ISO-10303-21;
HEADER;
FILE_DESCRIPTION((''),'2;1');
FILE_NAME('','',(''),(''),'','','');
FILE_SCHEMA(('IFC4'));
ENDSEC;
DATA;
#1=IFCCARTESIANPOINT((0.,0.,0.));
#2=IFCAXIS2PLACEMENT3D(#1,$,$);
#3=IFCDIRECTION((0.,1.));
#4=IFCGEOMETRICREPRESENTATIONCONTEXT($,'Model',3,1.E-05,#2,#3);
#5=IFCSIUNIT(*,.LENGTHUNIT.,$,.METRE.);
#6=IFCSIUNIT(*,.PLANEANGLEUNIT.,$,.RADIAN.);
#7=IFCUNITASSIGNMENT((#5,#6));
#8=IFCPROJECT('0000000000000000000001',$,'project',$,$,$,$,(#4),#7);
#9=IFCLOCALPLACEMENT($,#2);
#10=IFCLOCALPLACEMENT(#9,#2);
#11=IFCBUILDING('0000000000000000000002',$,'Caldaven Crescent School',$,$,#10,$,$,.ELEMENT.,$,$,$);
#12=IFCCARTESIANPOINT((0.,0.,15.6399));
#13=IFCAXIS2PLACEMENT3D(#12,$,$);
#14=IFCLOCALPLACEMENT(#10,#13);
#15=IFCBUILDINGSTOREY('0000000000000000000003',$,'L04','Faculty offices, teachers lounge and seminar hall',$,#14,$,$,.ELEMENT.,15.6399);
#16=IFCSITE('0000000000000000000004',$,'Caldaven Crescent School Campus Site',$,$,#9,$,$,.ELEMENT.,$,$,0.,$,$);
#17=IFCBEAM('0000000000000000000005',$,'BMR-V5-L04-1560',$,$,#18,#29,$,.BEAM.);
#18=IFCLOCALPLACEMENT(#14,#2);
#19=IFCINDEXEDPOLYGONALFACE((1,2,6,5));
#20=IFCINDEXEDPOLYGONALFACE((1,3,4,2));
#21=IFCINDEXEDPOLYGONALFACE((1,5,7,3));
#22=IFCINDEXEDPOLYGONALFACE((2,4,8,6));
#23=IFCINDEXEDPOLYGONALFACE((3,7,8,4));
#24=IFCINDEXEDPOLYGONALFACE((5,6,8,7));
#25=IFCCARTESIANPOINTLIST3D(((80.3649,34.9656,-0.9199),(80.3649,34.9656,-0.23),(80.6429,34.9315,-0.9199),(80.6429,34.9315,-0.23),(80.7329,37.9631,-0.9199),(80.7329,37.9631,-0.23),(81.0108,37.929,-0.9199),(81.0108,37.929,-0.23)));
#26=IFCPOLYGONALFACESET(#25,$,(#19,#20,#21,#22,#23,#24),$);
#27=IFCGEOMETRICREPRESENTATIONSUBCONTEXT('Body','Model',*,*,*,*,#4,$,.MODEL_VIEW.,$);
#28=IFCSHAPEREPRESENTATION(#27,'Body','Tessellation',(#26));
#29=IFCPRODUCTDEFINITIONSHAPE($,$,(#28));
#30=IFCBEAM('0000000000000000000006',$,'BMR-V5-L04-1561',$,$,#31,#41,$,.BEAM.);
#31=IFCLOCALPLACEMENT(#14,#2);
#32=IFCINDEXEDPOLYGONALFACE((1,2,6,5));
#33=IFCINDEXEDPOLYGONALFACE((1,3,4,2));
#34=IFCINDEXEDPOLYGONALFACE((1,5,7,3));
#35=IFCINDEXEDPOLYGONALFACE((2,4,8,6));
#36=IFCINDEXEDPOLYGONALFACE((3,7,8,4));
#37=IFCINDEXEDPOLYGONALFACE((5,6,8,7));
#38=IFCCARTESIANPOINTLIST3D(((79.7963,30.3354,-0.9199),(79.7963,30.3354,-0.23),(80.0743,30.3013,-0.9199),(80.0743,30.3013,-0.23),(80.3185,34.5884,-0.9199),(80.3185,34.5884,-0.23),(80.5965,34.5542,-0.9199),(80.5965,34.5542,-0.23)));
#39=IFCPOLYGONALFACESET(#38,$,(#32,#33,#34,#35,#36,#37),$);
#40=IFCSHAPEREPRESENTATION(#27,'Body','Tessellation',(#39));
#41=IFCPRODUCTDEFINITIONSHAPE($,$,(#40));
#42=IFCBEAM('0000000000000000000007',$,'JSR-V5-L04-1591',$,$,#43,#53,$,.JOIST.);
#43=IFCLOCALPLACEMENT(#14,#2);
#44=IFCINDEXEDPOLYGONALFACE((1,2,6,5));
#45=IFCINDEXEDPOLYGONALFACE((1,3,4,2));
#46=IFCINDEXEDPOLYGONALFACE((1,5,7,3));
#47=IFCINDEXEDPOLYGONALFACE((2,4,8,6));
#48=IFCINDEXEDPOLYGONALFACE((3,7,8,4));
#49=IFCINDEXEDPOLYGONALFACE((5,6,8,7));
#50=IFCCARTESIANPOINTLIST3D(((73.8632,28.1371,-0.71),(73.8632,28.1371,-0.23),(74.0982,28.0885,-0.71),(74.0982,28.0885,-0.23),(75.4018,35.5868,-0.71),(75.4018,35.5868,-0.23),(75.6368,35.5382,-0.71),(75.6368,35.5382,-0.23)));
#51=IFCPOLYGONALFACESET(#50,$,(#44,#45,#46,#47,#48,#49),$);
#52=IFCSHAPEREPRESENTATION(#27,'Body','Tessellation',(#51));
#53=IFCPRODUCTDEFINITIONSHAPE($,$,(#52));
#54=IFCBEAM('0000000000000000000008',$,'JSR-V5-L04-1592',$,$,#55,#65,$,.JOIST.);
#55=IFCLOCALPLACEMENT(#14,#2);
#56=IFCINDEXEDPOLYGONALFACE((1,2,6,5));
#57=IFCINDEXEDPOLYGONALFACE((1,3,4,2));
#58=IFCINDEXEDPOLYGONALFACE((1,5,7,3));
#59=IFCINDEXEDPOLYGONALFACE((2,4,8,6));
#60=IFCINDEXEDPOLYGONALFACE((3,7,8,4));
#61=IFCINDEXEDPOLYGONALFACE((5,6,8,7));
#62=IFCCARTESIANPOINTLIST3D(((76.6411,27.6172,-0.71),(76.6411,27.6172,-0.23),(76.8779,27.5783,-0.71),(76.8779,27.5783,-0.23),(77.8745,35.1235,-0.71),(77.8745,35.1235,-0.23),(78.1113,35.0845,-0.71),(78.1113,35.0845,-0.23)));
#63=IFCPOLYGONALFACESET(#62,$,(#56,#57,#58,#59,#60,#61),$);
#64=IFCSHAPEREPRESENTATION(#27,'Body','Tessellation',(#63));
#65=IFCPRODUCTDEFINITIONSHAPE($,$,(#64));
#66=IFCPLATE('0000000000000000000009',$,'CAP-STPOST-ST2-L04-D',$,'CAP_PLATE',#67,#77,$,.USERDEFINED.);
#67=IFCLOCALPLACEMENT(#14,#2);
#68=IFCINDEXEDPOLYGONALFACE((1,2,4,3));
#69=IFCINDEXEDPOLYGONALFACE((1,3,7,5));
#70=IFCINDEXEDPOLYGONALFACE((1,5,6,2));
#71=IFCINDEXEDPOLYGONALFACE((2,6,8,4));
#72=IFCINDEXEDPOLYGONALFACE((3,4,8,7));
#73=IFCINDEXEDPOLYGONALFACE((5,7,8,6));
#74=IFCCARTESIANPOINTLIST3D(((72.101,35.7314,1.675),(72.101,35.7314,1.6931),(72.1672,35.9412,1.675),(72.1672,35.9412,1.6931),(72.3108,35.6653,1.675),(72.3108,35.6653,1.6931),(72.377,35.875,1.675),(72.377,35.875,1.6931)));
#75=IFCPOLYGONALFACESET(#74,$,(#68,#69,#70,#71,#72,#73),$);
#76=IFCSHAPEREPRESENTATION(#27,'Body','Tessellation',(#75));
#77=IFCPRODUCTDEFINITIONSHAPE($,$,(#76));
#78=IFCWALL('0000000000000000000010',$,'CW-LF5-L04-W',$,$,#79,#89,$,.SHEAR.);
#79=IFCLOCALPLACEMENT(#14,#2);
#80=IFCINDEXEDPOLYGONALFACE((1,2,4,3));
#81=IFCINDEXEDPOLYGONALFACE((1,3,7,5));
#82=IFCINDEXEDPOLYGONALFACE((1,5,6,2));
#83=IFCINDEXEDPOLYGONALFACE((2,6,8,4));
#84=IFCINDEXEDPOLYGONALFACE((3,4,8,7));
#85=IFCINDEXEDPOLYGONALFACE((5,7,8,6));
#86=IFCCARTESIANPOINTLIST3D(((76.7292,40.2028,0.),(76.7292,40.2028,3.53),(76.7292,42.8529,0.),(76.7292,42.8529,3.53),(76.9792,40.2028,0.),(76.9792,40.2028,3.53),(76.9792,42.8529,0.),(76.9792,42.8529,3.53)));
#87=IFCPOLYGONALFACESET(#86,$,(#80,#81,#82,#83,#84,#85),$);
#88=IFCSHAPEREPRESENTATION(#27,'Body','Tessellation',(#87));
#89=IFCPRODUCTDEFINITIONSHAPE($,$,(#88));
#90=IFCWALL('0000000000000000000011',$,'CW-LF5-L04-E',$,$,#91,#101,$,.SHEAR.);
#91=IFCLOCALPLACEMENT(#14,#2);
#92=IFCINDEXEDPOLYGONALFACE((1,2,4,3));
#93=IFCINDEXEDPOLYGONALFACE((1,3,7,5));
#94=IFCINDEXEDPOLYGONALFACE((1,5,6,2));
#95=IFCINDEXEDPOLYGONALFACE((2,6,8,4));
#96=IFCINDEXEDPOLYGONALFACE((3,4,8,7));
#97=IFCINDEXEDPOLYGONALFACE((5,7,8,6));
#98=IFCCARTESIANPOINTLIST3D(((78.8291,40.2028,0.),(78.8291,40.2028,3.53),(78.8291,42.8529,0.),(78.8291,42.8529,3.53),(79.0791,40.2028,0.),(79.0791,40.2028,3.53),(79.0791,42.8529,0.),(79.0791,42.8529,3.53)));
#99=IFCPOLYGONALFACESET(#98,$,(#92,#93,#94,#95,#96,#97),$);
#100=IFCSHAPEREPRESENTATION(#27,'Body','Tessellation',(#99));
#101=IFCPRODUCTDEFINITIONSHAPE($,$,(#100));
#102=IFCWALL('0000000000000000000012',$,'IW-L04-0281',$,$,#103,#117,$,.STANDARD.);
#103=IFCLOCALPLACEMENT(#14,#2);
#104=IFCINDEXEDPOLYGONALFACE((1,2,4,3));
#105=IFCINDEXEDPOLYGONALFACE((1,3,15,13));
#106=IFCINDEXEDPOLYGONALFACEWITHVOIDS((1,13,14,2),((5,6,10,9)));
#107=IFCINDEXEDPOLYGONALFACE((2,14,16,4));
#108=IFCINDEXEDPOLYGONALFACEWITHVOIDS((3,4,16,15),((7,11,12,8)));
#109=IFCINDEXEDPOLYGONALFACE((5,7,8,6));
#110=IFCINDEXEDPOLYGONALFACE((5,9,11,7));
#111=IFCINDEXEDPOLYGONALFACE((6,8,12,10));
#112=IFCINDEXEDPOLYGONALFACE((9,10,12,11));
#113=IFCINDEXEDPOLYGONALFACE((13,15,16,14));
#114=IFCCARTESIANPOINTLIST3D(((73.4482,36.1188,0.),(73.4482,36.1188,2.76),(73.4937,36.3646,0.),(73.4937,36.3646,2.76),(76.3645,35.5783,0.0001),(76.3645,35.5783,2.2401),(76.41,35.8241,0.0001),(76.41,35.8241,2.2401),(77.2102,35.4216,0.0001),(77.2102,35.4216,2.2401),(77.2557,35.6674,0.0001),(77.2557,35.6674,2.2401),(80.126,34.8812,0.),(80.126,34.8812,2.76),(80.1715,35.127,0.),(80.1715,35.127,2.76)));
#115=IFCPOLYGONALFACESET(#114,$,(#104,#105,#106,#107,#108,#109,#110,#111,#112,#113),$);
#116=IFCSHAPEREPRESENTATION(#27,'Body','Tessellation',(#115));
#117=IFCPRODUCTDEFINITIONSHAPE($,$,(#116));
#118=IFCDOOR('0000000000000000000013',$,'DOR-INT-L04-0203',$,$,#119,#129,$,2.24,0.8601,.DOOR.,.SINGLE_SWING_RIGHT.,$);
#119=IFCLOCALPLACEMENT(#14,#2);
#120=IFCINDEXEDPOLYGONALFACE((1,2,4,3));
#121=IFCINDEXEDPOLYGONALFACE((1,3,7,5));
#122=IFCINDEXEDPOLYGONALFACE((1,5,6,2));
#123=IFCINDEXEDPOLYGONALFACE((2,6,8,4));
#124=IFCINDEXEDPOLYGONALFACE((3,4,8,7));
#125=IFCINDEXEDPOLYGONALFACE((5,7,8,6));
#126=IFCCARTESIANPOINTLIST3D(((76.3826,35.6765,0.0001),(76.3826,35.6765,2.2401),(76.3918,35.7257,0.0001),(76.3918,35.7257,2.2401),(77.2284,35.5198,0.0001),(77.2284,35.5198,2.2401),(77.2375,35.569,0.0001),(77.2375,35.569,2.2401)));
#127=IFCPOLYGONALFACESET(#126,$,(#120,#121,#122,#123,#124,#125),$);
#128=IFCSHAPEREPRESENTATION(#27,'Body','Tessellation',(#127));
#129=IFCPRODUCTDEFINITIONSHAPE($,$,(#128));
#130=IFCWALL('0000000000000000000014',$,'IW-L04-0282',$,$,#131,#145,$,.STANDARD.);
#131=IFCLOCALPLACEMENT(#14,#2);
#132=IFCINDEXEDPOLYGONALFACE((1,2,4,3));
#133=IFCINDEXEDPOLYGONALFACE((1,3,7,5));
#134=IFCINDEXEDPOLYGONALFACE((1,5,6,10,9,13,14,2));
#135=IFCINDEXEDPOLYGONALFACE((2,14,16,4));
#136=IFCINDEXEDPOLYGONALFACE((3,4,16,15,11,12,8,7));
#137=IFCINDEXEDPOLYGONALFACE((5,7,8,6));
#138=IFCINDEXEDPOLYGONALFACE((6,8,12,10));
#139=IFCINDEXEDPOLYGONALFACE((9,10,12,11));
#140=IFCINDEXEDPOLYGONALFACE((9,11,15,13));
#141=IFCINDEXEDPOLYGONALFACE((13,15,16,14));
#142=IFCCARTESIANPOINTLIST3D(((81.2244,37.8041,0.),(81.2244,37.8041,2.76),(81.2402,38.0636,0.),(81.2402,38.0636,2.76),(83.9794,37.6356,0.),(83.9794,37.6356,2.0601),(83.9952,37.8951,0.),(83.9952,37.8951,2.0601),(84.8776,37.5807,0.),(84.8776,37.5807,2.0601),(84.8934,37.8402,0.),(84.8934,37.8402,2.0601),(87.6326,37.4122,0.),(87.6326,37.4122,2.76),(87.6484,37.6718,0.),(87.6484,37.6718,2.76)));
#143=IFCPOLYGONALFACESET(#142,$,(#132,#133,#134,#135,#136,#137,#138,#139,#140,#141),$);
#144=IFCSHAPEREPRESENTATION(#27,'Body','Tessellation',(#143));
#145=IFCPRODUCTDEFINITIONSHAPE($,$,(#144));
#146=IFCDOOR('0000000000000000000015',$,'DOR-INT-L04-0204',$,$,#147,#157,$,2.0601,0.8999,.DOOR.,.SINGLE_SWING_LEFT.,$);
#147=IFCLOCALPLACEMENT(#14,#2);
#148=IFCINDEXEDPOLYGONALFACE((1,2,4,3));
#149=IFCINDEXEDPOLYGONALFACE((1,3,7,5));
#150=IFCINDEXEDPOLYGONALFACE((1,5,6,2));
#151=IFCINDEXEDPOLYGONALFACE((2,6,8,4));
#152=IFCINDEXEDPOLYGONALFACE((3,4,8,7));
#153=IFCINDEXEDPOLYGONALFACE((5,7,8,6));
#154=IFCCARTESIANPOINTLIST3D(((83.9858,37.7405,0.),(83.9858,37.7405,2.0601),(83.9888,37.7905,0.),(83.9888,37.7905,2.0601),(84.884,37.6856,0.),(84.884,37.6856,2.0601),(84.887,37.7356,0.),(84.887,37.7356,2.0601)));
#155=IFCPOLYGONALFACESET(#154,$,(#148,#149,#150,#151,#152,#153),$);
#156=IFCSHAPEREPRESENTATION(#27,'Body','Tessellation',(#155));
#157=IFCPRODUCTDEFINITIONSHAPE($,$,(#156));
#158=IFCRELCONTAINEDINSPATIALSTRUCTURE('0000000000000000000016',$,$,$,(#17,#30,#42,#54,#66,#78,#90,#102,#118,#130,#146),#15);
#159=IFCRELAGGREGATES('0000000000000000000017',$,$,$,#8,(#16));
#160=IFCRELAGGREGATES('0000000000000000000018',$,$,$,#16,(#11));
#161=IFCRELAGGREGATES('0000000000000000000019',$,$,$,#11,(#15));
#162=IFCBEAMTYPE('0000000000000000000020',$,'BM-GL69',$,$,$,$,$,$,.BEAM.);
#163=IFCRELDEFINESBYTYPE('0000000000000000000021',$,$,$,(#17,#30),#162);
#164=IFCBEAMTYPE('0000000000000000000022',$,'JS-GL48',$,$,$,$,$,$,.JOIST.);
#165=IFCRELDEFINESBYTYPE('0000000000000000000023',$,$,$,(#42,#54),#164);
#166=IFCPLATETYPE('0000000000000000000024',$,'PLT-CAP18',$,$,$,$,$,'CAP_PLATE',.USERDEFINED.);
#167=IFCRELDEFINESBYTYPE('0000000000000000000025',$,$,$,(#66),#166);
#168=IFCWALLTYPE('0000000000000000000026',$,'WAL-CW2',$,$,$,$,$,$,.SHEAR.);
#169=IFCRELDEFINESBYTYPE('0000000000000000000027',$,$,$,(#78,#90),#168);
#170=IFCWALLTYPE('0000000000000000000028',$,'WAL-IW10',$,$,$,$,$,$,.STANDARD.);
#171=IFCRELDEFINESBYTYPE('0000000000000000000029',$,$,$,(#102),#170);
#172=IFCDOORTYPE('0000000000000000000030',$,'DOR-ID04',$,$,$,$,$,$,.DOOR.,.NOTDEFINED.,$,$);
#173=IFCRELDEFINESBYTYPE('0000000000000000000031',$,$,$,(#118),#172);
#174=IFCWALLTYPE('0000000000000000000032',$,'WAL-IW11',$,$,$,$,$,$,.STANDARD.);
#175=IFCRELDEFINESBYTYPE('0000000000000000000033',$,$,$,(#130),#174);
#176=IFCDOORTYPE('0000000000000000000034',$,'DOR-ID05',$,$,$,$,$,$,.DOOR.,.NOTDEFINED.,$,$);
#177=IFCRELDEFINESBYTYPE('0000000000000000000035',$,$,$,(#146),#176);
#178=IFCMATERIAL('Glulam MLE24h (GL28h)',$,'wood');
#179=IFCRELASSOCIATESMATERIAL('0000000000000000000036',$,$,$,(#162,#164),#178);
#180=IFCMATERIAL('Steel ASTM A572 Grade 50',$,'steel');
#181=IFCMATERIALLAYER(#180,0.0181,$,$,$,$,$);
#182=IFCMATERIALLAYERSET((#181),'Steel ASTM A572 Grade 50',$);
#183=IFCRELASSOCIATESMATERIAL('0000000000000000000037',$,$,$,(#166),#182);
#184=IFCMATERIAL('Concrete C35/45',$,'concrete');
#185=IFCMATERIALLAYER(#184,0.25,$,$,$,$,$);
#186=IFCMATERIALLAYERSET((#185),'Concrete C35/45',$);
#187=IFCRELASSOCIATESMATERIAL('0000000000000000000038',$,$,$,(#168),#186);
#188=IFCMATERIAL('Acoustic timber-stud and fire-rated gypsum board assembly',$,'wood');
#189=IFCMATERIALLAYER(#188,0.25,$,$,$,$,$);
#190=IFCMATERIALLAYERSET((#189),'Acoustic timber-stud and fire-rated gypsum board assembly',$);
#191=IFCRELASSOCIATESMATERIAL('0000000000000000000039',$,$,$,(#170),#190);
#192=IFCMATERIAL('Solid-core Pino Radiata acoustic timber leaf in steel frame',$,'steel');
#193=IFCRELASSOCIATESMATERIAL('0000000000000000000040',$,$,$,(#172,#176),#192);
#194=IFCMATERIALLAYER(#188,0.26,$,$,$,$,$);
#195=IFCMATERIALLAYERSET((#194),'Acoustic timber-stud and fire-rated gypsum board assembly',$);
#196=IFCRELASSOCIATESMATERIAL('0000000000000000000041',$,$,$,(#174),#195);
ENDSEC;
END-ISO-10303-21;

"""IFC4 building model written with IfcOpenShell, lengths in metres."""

from ifc_helpers import new_model, si_unit, direction, frame, frame_2d, origin, origin_2d, place, context, subcontext, project, spatial, rectangle, extrude, material, layer, layer_set, material_profile, profile_set, type_object, element, fill, save


model = new_model("IFC4")

# Units and contexts
model_context = context("Model", 3, precision=1e-05, world=origin(), true_north=direction((0.0, 1.0)))
body_context = subcontext(model_context, "Body", "Model", "MODEL_VIEW")
ifc_project = project(units=[si_unit("LENGTHUNIT", "METRE"), si_unit("PLANEANGLEUNIT", "RADIAN")], contexts=[model_context])

# Site, building, storey
site_placement = place(None, origin())
site = spatial("IfcSite", under=ifc_project, at=site_placement, Name="Caldaven Crescent School Campus Site", CompositionType="ELEMENT", RefElevation=0.0)
building_placement = place(site_placement, origin())
building = spatial("IfcBuilding", under=site, at=building_placement, Name="Caldaven Crescent School", CompositionType="ELEMENT")
storey_placement = place(building_placement, frame((0.0, 0.0, 15.6399)))
storey = spatial("IfcBuildingStorey", under=building, at=storey_placement, Name="L04", Description="Faculty offices, teachers lounge and seminar hall", CompositionType="ELEMENT", Elevation=15.6399)

# Shared definitions
ifc_material_1 = material(Name="Glulam MLE24h (GL28h)", Category="wood")
ifc_material_2 = material(Name="Steel ASTM A572 Grade 50", Category="steel")

# Beams
ifc_material_profile_1 = material_profile(ifc_material_1, rectangle(XDim=0.28, YDim=0.6899, at=origin_2d()), Name="MLE 280x690")
ifc_profile_set_1 = profile_set([ifc_material_profile_1], Name="Glulam MLE24h (GL28h)")
beam_type_1 = type_object("IfcBeamType", Name="BM-GL69", PredefinedType="BEAM", material=ifc_profile_set_1)
beam_1_placement = place(storey_placement, frame((80.8718, 37.946, -0.575), z_axis=(-0.121826, -0.992552, 0.0), x_axis=(0.992552, -0.121826, 0.0)))
element("IfcBeam", 1, at=beam_1_placement, inside=storey, type_object=beam_type_1, Name="BMR-V5-L04-1560", PredefinedType="BEAM", context=body_context, shape_type="SweptSolid", body=[
    extrude(rectangle(XDim=0.28, YDim=0.6899, at=origin_2d()), origin(), (0.0, 0.0, 1.0), 3.02),
])
beam_2_placement = place(storey_placement, frame((80.4575, 34.5713, -0.575), z_axis=(-0.121875, -0.992546, 0.0), x_axis=(0.992546, -0.121875, 0.0)))
element("IfcBeam", 2, at=beam_2_placement, inside=storey, type_object=beam_type_1, Name="BMR-V5-L04-1561", PredefinedType="BEAM", context=body_context, shape_type="SweptSolid", body=[
    extrude(rectangle(XDim=0.28, YDim=0.6899, at=origin_2d()), origin(), (0.0, 0.0, 1.0), 4.2849),
])
ifc_material_profile_2 = material_profile(ifc_material_1, rectangle(XDim=0.24, YDim=0.48, at=origin_2d()), Name="MLE 240x480")
ifc_profile_set_2 = profile_set([ifc_material_profile_2], Name="Glulam MLE24h (GL28h)")
beam_type_2 = type_object("IfcBeamType", Name="JS-GL48", PredefinedType="JOIST", material=ifc_profile_set_2)
for number, where, z_axis, x_axis, name in (
    (3, (75.5193, 35.5625, -0.47), (-0.20226, -0.979332, 0.0), (0.979332, -0.20226, 0.0), "JSR-V5-L04-1591"),
    (4, (77.9929, 35.104, -0.47), (-0.16214, -0.986768, 0.0), (0.986768, -0.16214, 0.0), "JSR-V5-L04-1592"),
):
    element("IfcBeam", number, at=place(storey_placement, frame(where, z_axis=z_axis, x_axis=x_axis)), inside=storey, type_object=beam_type_2, Name=name, PredefinedType="JOIST", context=body_context, shape_type="SweptSolid", body=[
        extrude(rectangle(XDim=0.24, YDim=0.48, at=origin_2d()), origin(), (0.0, 0.0, 1.0), 7.6069),
    ])

# Plate
ifc_layer_1 = layer(ifc_material_2, 0.0181)
ifc_layer_set_1 = layer_set([ifc_layer_1], Name="Steel ASTM A572 Grade 50")
plate_type = type_object("IfcPlateType", Name="PLT-CAP18", ElementType="CAP_PLATE", PredefinedType="USERDEFINED", material=ifc_layer_set_1)
plate_placement = place(storey_placement, frame((72.239, 35.8032, 1.675), z_axis=(0.0, 0.0, 1.0), x_axis=(0.953717, -0.300706, 0.0)))
element("IfcPlate", 5, at=plate_placement, inside=storey, type_object=plate_type, Name="CAP-STPOST-ST2-L04-D", ObjectType="CAP_PLATE", PredefinedType="USERDEFINED", context=body_context, shape_type="SweptSolid", body=[
    extrude(rectangle(XDim=0.22, YDim=0.22, at=origin_2d()), origin(), (0.0, 0.0, 1.0), 0.0181),
])

# Shared definitions
ifc_material_3 = material(Name="Concrete C35/45", Category="concrete")

# Walls
ifc_layer_2 = layer(ifc_material_3, 0.25)
ifc_layer_set_2 = layer_set([ifc_layer_2], Name="Concrete C35/45")
wall_type_1 = type_object("IfcWallType", Name="WAL-CW2", PredefinedType="SHEAR", material=ifc_layer_set_2)
for number, where, z_axis, x_axis, name in (
    (6, (76.8542, 40.2026, 0.0), (0.0, 0.0, 1.0), (0.0, 1.0, 0.0), "CW-LF5-L04-W"),
    (7, (78.9541, 40.2026, 0.0), (0.0, 0.0, 1.0), (0.0, 1.0, 0.0), "CW-LF5-L04-E"),
):
    element("IfcWall", number, at=place(storey_placement, frame(where, z_axis=z_axis, x_axis=x_axis)), inside=storey, type_object=wall_type_1, Name=name, PredefinedType="SHEAR", context=body_context, shape_type="SweptSolid", body=[
        extrude(rectangle(XDim=2.6501, YDim=0.25, at=frame_2d((1.3252, 0.0))), origin(), (0.0, 0.0, 1.0), 3.53),
    ])

# Walls, openings, doors
ifc_material_4 = material(Name="Acoustic timber-stud and fire-rated gypsum board assembly", Category="wood")
ifc_layer_3 = layer(ifc_material_4, 0.25)
ifc_layer_set_3 = layer_set([ifc_layer_3], Name="Acoustic timber-stud and fire-rated gypsum board assembly")
wall_type_2 = type_object("IfcWallType", Name="WAL-IW10", PredefinedType="STANDARD", material=ifc_layer_set_3)
wall_1_placement = place(storey_placement, frame((73.4709, 36.2417, 0.0), z_axis=(0.0, 0.0, 1.0), x_axis=(0.983257, -0.182222, 0.0)))
wall_1 = element("IfcWall", 8, at=wall_1_placement, inside=storey, type_object=wall_type_2, Name="IW-L04-0281", PredefinedType="STANDARD", context=body_context, shape_type="SweptSolid", body=[
    extrude(rectangle(XDim=6.7915, YDim=0.25, at=frame_2d((3.3958, 0.0))), origin(), (0.0, 0.0, 1.0), 2.76),
])
opening_1_placement = place(wall_1_placement, frame((2.9658, 0.0, 0.0)))
opening_1 = element("IfcOpeningElement", 9, at=opening_1_placement, cuts=wall_1, PredefinedType="OPENING", context=body_context, shape_type="SweptSolid", body=[
    extrude(rectangle(XDim=0.8601, YDim=2.24, at=frame_2d((0.4302, 1.1201))), frame((0.0, 0.135, 0.0), z_axis=(0.0, -1.0, 0.0), x_axis=(1.0, 0.0, 0.0)), (0.0, 0.0, 1.0), 0.27),
])
ifc_material_5 = material(Name="Solid-core Pino Radiata acoustic timber leaf in steel frame", Category="steel")
door_type_1 = type_object("IfcDoorType", Name="DOR-ID04", OperationType="NOTDEFINED", PredefinedType="DOOR", material=ifc_material_5)
door_1_placement = place(opening_1_placement, origin())
door_1 = element("IfcDoor", 10, at=door_1_placement, inside=storey, type_object=door_type_1, Name="DOR-INT-L04-0203", OperationType="SINGLE_SWING_RIGHT", OverallHeight=2.24, OverallWidth=0.8601, PredefinedType="DOOR", context=body_context, shape_type="SweptSolid", body=[
    extrude(rectangle(XDim=0.8601, YDim=2.24, at=frame_2d((0.4302, 1.1201))), frame((0.0, 0.0249, 0.0), z_axis=(0.0, -1.0, 0.0), x_axis=(1.0, 0.0, 0.0)), (0.0, 0.0, 1.0), 0.05),
])
fill(opening_1, door_1)
ifc_layer_4 = layer(ifc_material_4, 0.26)
ifc_layer_set_4 = layer_set([ifc_layer_4], Name="Acoustic timber-stud and fire-rated gypsum board assembly")
wall_type_3 = type_object("IfcWallType", Name="WAL-IW11", PredefinedType="STANDARD", material=ifc_layer_set_4)
wall_2_placement = place(storey_placement, frame((81.2324, 37.9338, 0.0), z_axis=(0.0, 0.0, 1.0), x_axis=(0.998136, -0.061034, 0.0)))
wall_2 = element("IfcWall", 11, at=wall_2_placement, inside=storey, type_object=wall_type_3, Name="IW-L04-0282", PredefinedType="STANDARD", context=body_context, shape_type="SweptSolid", body=[
    extrude(rectangle(XDim=6.4202, YDim=0.26, at=frame_2d((3.21, 0.0))), origin(), (0.0, 0.0, 1.0), 2.76),
])
opening_2_placement = place(wall_2_placement, frame((2.76, 0.0, 0.0)))
opening_2 = element("IfcOpeningElement", 12, at=opening_2_placement, cuts=wall_2, PredefinedType="OPENING", context=body_context, shape_type="SweptSolid", body=[
    extrude(rectangle(XDim=0.8999, YDim=2.0601, at=frame_2d((0.45, 1.03))), frame((0.0, 0.1399, 0.0), z_axis=(0.0, -1.0, 0.0), x_axis=(1.0, 0.0, 0.0)), (0.0, 0.0, 1.0), 0.28),
])
door_type_2 = type_object("IfcDoorType", Name="DOR-ID05", OperationType="NOTDEFINED", PredefinedType="DOOR", material=ifc_material_5)
door_2_placement = place(opening_2_placement, frame((0.8999, 0.0, 0.0), z_axis=(0.0, 0.0, 1.0), x_axis=(-1.0, 0.0, 0.0)))
door_2 = element("IfcDoor", 13, at=door_2_placement, inside=storey, type_object=door_type_2, Name="DOR-INT-L04-0204", OperationType="SINGLE_SWING_LEFT", OverallHeight=2.0601, OverallWidth=0.8999, PredefinedType="DOOR", context=body_context, shape_type="SweptSolid", body=[
    extrude(rectangle(XDim=0.8999, YDim=2.0601, at=frame_2d((0.45, 1.03))), frame((0.0, 0.0249, 0.0), z_axis=(0.0, -1.0, 0.0), x_axis=(1.0, 0.0, 0.0)), (0.0, 0.0, 1.0), 0.05),
])
fill(opening_2, door_2)

save(model, "model.ifc")
